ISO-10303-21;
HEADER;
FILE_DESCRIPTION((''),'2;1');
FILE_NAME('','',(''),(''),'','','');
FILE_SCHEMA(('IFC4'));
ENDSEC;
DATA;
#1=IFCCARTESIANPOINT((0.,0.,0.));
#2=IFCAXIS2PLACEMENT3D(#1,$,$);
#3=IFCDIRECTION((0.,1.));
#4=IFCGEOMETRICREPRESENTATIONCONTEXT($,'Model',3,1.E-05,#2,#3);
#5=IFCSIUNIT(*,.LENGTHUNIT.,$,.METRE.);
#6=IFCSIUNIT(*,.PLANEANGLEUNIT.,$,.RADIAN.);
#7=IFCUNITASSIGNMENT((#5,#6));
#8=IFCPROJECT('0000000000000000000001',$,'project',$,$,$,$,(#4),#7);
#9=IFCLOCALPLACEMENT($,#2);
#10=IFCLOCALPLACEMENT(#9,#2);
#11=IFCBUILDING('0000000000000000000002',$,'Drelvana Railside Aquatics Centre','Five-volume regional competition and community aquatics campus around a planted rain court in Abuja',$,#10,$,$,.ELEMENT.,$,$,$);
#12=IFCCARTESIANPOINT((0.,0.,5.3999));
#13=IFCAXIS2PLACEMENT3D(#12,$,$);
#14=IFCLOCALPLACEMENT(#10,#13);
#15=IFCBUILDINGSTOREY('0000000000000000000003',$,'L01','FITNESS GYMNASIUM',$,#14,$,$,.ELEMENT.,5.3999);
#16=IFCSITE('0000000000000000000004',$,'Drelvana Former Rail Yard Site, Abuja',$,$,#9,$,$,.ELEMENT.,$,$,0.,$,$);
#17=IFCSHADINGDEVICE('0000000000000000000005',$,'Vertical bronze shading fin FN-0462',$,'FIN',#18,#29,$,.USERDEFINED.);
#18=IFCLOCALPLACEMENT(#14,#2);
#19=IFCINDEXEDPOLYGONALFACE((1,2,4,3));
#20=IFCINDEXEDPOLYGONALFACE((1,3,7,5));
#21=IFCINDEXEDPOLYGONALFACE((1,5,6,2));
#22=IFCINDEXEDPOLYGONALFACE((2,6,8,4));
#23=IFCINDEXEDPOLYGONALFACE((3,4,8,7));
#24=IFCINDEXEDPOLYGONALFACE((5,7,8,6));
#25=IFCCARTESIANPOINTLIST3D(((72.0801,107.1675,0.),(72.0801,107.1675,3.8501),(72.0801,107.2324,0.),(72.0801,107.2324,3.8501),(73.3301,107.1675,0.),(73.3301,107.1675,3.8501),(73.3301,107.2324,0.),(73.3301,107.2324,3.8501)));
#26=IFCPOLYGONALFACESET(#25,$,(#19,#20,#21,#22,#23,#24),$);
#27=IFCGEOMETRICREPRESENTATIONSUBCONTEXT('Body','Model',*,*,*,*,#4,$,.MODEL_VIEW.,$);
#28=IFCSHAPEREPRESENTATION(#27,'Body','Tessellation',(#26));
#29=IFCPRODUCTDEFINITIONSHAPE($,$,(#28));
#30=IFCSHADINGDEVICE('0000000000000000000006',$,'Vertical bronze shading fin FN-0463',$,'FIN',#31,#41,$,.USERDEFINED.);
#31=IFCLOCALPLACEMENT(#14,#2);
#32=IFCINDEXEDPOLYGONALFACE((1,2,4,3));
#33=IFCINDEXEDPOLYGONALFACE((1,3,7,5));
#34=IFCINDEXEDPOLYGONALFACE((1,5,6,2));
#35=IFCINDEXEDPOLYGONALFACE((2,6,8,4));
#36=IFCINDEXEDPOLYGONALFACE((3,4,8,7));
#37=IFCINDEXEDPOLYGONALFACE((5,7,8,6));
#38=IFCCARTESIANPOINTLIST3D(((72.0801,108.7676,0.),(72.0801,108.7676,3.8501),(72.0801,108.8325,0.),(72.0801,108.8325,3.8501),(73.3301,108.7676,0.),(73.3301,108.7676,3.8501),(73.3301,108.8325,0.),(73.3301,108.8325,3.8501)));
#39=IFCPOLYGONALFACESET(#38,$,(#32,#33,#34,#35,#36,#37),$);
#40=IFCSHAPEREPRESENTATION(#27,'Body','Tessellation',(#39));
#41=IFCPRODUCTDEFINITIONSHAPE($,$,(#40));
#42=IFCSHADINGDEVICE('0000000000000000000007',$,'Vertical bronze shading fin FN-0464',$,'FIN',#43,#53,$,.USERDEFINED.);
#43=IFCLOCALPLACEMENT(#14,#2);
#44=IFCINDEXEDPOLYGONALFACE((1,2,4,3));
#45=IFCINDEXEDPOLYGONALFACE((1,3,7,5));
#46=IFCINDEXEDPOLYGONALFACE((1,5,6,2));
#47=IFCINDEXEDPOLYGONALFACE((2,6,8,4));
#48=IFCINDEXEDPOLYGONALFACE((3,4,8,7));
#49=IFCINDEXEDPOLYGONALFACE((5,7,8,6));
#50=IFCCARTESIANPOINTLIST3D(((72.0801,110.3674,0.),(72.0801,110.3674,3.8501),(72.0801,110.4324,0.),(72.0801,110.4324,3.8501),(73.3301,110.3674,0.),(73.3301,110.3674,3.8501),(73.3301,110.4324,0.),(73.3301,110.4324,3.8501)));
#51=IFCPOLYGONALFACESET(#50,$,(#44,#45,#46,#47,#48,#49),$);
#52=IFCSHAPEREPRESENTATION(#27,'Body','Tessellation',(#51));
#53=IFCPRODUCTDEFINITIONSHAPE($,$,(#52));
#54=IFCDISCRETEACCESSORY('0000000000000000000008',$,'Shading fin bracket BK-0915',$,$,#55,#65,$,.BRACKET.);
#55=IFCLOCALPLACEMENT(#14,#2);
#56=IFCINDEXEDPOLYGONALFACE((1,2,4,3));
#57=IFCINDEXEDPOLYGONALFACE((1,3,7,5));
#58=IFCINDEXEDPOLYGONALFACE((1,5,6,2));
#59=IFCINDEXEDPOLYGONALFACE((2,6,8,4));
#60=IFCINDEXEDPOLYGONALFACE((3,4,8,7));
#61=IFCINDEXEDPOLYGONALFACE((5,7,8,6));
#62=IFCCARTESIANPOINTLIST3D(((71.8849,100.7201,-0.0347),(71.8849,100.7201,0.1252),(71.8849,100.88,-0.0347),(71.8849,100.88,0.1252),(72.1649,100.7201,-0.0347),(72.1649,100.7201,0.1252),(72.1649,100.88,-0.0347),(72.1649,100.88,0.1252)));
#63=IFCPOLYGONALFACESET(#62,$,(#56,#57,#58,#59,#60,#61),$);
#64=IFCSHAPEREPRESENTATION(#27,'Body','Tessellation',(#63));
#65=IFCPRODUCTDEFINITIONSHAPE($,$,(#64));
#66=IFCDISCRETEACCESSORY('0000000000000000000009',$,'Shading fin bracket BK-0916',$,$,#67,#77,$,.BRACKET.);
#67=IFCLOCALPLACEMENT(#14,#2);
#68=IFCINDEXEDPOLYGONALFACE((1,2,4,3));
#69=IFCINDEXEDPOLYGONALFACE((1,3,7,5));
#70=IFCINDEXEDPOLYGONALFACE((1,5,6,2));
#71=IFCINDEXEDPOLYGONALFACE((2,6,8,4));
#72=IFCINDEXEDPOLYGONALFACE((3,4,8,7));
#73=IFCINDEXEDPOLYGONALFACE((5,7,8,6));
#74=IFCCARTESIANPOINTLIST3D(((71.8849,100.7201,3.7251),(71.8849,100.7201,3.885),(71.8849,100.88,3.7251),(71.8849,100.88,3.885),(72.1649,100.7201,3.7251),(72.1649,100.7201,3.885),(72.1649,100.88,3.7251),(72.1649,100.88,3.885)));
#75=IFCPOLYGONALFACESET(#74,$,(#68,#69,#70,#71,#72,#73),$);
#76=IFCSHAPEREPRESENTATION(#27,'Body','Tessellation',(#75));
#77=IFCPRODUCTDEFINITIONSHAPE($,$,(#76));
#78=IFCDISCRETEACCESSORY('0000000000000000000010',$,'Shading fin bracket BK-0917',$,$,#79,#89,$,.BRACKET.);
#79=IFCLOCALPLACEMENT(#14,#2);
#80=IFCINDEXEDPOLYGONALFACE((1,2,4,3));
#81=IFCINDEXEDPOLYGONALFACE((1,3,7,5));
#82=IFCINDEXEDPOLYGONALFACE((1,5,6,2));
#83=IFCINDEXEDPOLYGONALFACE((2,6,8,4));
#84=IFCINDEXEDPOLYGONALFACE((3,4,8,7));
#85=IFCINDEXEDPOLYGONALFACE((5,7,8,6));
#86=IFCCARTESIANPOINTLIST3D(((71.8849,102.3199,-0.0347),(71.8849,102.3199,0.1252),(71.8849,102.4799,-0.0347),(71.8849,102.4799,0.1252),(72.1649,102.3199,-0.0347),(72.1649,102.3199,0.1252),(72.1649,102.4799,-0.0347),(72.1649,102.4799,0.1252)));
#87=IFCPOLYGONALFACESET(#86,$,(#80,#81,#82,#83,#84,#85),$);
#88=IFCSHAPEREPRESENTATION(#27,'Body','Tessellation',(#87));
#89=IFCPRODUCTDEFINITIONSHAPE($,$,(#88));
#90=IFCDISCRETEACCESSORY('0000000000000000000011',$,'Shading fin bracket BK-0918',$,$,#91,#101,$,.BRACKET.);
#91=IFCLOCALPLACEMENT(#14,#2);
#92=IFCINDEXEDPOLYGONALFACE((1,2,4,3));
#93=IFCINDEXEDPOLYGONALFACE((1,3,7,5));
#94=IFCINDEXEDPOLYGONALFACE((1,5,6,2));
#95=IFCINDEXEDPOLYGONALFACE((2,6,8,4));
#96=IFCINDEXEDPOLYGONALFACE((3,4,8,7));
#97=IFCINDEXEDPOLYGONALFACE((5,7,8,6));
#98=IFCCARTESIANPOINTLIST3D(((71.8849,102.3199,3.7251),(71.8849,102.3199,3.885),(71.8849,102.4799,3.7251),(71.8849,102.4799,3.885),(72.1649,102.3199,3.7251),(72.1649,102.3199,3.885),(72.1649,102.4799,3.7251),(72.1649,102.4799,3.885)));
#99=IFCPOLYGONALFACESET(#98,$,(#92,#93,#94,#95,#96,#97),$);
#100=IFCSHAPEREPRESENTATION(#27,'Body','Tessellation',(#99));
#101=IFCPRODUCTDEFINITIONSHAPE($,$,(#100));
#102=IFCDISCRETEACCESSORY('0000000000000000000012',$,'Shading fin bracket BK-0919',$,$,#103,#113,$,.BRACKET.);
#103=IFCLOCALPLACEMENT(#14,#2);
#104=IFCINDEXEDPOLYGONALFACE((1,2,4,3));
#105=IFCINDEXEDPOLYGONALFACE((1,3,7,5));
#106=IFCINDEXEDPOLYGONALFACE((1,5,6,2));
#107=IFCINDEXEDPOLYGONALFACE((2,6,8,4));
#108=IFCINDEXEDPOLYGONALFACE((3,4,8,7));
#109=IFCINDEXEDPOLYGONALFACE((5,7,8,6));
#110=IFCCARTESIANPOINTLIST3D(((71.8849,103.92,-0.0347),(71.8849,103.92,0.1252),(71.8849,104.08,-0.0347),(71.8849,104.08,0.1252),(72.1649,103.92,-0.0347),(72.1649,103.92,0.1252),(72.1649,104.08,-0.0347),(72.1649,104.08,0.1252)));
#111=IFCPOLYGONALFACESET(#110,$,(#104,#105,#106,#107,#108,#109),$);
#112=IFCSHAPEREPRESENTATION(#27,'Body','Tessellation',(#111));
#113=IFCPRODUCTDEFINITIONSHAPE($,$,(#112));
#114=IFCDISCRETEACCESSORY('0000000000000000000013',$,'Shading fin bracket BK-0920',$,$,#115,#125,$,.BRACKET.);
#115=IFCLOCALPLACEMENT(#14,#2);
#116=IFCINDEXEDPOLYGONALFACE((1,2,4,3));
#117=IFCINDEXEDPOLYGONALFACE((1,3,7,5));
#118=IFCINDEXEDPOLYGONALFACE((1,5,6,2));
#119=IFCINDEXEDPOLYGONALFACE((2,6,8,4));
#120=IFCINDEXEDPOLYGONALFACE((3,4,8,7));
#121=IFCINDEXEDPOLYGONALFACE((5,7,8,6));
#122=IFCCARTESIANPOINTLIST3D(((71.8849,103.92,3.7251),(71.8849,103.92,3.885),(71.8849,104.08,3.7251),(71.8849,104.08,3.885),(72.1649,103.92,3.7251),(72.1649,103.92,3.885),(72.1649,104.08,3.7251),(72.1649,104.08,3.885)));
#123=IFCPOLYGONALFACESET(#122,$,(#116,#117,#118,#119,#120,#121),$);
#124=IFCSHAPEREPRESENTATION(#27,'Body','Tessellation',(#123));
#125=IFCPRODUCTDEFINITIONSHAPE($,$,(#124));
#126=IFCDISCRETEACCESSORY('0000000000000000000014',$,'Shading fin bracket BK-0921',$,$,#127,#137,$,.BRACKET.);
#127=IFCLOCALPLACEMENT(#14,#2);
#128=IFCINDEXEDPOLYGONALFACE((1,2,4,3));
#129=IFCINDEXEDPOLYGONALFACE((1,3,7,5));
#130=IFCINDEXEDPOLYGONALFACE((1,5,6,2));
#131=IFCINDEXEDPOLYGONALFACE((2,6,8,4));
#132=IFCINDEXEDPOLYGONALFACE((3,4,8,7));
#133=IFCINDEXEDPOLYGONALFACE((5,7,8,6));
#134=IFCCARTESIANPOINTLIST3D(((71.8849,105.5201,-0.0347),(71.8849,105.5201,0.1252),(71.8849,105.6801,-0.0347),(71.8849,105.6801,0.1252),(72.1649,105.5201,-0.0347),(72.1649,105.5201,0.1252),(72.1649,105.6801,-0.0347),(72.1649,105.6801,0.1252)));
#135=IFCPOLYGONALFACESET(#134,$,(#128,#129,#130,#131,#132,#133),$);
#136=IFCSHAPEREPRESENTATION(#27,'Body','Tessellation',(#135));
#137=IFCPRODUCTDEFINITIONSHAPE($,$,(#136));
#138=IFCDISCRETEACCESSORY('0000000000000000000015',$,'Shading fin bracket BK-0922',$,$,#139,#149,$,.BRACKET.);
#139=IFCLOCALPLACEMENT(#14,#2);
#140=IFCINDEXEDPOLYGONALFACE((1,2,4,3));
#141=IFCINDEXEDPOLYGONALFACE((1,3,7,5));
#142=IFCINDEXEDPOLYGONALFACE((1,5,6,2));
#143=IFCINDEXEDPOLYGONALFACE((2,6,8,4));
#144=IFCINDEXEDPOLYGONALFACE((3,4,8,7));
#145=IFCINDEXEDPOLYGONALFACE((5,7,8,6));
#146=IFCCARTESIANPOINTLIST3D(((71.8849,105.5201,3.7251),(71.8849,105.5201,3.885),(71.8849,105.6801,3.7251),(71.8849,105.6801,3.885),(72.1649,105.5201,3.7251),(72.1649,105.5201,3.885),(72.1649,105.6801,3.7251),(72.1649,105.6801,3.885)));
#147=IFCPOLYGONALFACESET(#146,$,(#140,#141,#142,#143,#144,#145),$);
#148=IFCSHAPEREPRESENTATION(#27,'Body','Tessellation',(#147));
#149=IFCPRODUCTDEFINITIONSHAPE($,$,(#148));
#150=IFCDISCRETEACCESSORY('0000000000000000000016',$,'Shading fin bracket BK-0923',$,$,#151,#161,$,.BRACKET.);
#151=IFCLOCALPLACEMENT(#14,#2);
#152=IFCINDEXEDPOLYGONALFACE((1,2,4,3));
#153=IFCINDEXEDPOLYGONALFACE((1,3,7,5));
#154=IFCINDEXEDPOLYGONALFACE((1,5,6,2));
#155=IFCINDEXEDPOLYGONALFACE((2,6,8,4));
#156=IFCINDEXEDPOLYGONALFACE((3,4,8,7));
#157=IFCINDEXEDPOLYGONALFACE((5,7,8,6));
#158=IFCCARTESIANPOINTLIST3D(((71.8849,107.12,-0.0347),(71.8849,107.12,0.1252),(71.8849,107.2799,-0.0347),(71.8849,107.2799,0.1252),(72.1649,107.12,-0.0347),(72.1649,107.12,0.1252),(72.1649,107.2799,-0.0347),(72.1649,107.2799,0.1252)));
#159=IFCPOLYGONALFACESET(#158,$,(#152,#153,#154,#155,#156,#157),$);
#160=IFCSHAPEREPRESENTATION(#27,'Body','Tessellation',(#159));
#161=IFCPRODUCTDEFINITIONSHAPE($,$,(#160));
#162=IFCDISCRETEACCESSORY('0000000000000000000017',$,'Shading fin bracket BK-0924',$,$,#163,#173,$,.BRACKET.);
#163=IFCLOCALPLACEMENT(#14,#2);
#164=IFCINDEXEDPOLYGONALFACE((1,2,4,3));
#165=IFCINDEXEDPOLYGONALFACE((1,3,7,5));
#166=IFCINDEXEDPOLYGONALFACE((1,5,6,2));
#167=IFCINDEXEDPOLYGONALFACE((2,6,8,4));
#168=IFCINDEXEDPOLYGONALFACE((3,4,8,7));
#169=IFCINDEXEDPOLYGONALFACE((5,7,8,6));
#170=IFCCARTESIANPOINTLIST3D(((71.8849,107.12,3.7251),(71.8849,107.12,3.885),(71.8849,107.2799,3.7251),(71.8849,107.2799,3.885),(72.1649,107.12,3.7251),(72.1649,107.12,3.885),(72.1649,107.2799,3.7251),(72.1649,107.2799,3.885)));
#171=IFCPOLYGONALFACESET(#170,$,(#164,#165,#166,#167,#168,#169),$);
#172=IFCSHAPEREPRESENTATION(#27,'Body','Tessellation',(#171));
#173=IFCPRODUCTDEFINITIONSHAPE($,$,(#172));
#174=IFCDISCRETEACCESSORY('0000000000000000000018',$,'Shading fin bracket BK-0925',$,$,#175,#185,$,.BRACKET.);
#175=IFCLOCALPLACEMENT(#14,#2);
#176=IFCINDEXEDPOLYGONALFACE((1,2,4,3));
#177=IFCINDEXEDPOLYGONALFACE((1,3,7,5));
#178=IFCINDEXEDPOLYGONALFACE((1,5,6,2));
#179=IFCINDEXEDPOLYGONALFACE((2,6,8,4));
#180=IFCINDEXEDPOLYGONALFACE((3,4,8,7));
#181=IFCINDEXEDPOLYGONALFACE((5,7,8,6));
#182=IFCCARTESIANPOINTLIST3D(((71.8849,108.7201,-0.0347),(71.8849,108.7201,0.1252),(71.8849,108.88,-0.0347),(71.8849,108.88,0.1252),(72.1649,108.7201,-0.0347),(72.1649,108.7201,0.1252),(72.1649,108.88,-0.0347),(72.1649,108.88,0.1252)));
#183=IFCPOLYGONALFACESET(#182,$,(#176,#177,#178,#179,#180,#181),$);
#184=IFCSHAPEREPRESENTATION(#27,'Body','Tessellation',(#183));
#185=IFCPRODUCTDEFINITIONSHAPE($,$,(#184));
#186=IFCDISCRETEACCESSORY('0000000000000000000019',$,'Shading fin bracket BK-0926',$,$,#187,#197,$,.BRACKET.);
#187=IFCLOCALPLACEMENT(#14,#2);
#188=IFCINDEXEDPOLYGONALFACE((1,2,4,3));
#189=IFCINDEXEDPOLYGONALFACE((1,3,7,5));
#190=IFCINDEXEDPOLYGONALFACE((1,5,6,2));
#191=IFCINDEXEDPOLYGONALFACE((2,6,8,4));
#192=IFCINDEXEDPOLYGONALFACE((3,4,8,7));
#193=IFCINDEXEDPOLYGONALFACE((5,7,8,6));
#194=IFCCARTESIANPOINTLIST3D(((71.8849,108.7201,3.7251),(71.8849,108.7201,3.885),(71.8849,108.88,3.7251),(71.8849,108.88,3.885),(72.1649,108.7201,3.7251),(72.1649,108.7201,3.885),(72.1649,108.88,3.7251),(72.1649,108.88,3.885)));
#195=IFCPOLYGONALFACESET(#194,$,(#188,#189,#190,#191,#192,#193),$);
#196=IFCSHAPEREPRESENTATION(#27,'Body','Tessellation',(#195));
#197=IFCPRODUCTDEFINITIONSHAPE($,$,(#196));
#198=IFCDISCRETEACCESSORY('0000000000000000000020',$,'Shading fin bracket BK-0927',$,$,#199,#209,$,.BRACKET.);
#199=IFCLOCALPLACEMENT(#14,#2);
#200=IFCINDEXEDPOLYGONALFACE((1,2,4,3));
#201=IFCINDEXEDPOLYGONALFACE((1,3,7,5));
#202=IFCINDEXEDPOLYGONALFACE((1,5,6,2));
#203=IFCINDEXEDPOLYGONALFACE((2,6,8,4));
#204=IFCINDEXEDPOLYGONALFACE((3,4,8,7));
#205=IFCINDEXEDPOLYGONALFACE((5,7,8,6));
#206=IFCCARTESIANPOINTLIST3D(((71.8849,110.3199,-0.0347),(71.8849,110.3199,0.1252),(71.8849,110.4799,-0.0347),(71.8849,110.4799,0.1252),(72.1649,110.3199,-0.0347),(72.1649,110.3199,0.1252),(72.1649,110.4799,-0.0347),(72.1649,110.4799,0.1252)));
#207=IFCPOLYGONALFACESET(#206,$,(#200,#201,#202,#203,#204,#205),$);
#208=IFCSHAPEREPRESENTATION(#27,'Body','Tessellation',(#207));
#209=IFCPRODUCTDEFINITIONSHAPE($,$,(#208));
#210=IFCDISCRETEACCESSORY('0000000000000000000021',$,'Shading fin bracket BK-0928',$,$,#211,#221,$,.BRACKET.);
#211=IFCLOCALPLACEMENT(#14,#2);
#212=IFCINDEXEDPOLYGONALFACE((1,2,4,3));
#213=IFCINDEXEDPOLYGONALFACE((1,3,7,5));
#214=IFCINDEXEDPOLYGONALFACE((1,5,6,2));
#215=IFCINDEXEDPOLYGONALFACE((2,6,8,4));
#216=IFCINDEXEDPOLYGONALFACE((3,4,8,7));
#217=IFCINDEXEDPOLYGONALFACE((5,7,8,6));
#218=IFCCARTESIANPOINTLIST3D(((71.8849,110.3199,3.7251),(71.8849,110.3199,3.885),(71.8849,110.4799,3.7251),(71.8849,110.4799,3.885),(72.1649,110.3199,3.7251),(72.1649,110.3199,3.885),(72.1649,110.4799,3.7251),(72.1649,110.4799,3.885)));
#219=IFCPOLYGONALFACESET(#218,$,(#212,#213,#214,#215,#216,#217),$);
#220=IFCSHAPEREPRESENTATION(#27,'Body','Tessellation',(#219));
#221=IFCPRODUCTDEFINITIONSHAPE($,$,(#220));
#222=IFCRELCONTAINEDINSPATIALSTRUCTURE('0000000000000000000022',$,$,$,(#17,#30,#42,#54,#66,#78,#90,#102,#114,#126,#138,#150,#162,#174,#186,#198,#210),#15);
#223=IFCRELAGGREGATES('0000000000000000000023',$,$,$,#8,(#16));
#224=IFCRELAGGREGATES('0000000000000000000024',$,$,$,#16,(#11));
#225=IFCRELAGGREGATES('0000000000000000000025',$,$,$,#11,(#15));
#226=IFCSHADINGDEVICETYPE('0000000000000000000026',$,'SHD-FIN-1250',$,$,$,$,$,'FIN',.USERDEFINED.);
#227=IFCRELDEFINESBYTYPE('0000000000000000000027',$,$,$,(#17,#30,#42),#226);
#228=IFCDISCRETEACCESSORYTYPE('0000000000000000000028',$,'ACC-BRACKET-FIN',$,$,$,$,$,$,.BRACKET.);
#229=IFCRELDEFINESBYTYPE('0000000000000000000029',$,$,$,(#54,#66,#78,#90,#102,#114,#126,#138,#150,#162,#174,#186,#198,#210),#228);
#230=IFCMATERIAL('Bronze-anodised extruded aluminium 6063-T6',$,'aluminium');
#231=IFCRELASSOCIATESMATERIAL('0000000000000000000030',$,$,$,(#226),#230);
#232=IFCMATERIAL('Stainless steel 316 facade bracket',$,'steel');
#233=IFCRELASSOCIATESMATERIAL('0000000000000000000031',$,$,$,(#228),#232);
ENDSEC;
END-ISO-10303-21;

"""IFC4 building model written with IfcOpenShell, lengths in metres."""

from ifc_helpers import new_model, si_unit, direction, frame, origin, origin_2d, place, context, subcontext, project, spatial, rectangle, extrude, material, type_object, element, save


model = new_model("IFC4")

# Units and contexts
model_context = context("Model", 3, precision=1e-05, world=origin(), true_north=direction((0.0, 1.0)))
body_context = subcontext(model_context, "Body", "Model", "MODEL_VIEW")
ifc_project = project(units=[si_unit("LENGTHUNIT", "METRE"), si_unit("PLANEANGLEUNIT", "RADIAN")], contexts=[model_context])

# Site, building, storey
site_placement = place(None, origin())
site = spatial("IfcSite", under=ifc_project, at=site_placement, Name="Drelvana Former Rail Yard Site, Abuja", CompositionType="ELEMENT", RefElevation=0.0)
building_placement = place(site_placement, origin())
building = spatial("IfcBuilding", under=site, at=building_placement, Name="Drelvana Railside Aquatics Centre", Description="Five-volume regional competition and community aquatics campus around a planted rain court in Abuja", CompositionType="ELEMENT")
storey_placement = place(building_placement, frame((0.0, 0.0, 5.3999)))
storey = spatial("IfcBuildingStorey", under=building, at=storey_placement, Name="L01", Description="FITNESS GYMNASIUM", CompositionType="ELEMENT", Elevation=5.3999)

# Shared definitions
ifc_material_1 = material(Name="Bronze-anodised extruded aluminium 6063-T6", Category="aluminium")

# Shading devices
shading_device_type = type_object("IfcShadingDeviceType", Name="SHD-FIN-1250", ElementType="FIN", PredefinedType="USERDEFINED", material=ifc_material_1)
for number, where, z_axis, x_axis, name in (
    (1, (72.7051, 107.2, 0.0), (0.0, 0.0, 1.0), (1.0, 0.0, 0.0), "Vertical bronze shading fin FN-0462"),
    (2, (72.7051, 108.8, 0.0), (0.0, 0.0, 1.0), (1.0, 0.0, 0.0), "Vertical bronze shading fin FN-0463"),
    (3, (72.7051, 110.3999, 0.0), (0.0, 0.0, 1.0), (1.0, 0.0, 0.0), "Vertical bronze shading fin FN-0464"),
):
    element("IfcShadingDevice", number, at=place(storey_placement, frame(where, z_axis=z_axis, x_axis=x_axis)), inside=storey, type_object=shading_device_type, Name=name, ObjectType="FIN", PredefinedType="USERDEFINED", context=body_context, shape_type="SweptSolid", body=[
        extrude(rectangle(XDim=1.25, YDim=0.0649, at=origin_2d()), origin(), (0.0, 0.0, 1.0), 3.8501),
    ])

# Discrete accessories
ifc_material_2 = material(Name="Stainless steel 316 facade bracket", Category="steel")
discrete_accessory_type = type_object("IfcDiscreteAccessoryType", Name="ACC-BRACKET-FIN", PredefinedType="BRACKET", material=ifc_material_2)
for number, where, z_axis, x_axis, name in (
    (4, (72.0249, 100.8, -0.0347), (0.0, 0.0, 1.0), (1.0, 0.0, 0.0), "Shading fin bracket BK-0915"),
    (5, (72.0249, 100.8, 3.7251), (0.0, 0.0, 1.0), (1.0, 0.0, 0.0), "Shading fin bracket BK-0916"),
    (6, (72.0249, 102.3999, -0.0347), (0.0, 0.0, 1.0), (1.0, 0.0, 0.0), "Shading fin bracket BK-0917"),
    (7, (72.0249, 102.3999, 3.7251), (0.0, 0.0, 1.0), (1.0, 0.0, 0.0), "Shading fin bracket BK-0918"),
    (8, (72.0249, 104.0, -0.0347), (0.0, 0.0, 1.0), (1.0, 0.0, 0.0), "Shading fin bracket BK-0919"),
    (9, (72.0249, 104.0, 3.7251), (0.0, 0.0, 1.0), (1.0, 0.0, 0.0), "Shading fin bracket BK-0920"),
    (10, (72.0249, 105.6001, -0.0347), (0.0, 0.0, 1.0), (1.0, 0.0, 0.0), "Shading fin bracket BK-0921"),
    (11, (72.0249, 105.6001, 3.7251), (0.0, 0.0, 1.0), (1.0, 0.0, 0.0), "Shading fin bracket BK-0922"),
    (12, (72.0249, 107.2, -0.0347), (0.0, 0.0, 1.0), (1.0, 0.0, 0.0), "Shading fin bracket BK-0923"),
    (13, (72.0249, 107.2, 3.7251), (0.0, 0.0, 1.0), (1.0, 0.0, 0.0), "Shading fin bracket BK-0924"),
    (14, (72.0249, 108.8, -0.0347), (0.0, 0.0, 1.0), (1.0, 0.0, 0.0), "Shading fin bracket BK-0925"),
    (15, (72.0249, 108.8, 3.7251), (0.0, 0.0, 1.0), (1.0, 0.0, 0.0), "Shading fin bracket BK-0926"),
    (16, (72.0249, 110.3999, -0.0347), (0.0, 0.0, 1.0), (1.0, 0.0, 0.0), "Shading fin bracket BK-0927"),
    (17, (72.0249, 110.3999, 3.7251), (0.0, 0.0, 1.0), (1.0, 0.0, 0.0), "Shading fin bracket BK-0928"),
):
    element("IfcDiscreteAccessory", number, at=place(storey_placement, frame(where, z_axis=z_axis, x_axis=x_axis)), inside=storey, type_object=discrete_accessory_type, Name=name, PredefinedType="BRACKET", context=body_context, shape_type="SweptSolid", body=[
        extrude(rectangle(XDim=0.28, YDim=0.1599, at=origin_2d()), origin(), (0.0, 0.0, 1.0), 0.1599),
    ])

save(model, "model.ifc")
